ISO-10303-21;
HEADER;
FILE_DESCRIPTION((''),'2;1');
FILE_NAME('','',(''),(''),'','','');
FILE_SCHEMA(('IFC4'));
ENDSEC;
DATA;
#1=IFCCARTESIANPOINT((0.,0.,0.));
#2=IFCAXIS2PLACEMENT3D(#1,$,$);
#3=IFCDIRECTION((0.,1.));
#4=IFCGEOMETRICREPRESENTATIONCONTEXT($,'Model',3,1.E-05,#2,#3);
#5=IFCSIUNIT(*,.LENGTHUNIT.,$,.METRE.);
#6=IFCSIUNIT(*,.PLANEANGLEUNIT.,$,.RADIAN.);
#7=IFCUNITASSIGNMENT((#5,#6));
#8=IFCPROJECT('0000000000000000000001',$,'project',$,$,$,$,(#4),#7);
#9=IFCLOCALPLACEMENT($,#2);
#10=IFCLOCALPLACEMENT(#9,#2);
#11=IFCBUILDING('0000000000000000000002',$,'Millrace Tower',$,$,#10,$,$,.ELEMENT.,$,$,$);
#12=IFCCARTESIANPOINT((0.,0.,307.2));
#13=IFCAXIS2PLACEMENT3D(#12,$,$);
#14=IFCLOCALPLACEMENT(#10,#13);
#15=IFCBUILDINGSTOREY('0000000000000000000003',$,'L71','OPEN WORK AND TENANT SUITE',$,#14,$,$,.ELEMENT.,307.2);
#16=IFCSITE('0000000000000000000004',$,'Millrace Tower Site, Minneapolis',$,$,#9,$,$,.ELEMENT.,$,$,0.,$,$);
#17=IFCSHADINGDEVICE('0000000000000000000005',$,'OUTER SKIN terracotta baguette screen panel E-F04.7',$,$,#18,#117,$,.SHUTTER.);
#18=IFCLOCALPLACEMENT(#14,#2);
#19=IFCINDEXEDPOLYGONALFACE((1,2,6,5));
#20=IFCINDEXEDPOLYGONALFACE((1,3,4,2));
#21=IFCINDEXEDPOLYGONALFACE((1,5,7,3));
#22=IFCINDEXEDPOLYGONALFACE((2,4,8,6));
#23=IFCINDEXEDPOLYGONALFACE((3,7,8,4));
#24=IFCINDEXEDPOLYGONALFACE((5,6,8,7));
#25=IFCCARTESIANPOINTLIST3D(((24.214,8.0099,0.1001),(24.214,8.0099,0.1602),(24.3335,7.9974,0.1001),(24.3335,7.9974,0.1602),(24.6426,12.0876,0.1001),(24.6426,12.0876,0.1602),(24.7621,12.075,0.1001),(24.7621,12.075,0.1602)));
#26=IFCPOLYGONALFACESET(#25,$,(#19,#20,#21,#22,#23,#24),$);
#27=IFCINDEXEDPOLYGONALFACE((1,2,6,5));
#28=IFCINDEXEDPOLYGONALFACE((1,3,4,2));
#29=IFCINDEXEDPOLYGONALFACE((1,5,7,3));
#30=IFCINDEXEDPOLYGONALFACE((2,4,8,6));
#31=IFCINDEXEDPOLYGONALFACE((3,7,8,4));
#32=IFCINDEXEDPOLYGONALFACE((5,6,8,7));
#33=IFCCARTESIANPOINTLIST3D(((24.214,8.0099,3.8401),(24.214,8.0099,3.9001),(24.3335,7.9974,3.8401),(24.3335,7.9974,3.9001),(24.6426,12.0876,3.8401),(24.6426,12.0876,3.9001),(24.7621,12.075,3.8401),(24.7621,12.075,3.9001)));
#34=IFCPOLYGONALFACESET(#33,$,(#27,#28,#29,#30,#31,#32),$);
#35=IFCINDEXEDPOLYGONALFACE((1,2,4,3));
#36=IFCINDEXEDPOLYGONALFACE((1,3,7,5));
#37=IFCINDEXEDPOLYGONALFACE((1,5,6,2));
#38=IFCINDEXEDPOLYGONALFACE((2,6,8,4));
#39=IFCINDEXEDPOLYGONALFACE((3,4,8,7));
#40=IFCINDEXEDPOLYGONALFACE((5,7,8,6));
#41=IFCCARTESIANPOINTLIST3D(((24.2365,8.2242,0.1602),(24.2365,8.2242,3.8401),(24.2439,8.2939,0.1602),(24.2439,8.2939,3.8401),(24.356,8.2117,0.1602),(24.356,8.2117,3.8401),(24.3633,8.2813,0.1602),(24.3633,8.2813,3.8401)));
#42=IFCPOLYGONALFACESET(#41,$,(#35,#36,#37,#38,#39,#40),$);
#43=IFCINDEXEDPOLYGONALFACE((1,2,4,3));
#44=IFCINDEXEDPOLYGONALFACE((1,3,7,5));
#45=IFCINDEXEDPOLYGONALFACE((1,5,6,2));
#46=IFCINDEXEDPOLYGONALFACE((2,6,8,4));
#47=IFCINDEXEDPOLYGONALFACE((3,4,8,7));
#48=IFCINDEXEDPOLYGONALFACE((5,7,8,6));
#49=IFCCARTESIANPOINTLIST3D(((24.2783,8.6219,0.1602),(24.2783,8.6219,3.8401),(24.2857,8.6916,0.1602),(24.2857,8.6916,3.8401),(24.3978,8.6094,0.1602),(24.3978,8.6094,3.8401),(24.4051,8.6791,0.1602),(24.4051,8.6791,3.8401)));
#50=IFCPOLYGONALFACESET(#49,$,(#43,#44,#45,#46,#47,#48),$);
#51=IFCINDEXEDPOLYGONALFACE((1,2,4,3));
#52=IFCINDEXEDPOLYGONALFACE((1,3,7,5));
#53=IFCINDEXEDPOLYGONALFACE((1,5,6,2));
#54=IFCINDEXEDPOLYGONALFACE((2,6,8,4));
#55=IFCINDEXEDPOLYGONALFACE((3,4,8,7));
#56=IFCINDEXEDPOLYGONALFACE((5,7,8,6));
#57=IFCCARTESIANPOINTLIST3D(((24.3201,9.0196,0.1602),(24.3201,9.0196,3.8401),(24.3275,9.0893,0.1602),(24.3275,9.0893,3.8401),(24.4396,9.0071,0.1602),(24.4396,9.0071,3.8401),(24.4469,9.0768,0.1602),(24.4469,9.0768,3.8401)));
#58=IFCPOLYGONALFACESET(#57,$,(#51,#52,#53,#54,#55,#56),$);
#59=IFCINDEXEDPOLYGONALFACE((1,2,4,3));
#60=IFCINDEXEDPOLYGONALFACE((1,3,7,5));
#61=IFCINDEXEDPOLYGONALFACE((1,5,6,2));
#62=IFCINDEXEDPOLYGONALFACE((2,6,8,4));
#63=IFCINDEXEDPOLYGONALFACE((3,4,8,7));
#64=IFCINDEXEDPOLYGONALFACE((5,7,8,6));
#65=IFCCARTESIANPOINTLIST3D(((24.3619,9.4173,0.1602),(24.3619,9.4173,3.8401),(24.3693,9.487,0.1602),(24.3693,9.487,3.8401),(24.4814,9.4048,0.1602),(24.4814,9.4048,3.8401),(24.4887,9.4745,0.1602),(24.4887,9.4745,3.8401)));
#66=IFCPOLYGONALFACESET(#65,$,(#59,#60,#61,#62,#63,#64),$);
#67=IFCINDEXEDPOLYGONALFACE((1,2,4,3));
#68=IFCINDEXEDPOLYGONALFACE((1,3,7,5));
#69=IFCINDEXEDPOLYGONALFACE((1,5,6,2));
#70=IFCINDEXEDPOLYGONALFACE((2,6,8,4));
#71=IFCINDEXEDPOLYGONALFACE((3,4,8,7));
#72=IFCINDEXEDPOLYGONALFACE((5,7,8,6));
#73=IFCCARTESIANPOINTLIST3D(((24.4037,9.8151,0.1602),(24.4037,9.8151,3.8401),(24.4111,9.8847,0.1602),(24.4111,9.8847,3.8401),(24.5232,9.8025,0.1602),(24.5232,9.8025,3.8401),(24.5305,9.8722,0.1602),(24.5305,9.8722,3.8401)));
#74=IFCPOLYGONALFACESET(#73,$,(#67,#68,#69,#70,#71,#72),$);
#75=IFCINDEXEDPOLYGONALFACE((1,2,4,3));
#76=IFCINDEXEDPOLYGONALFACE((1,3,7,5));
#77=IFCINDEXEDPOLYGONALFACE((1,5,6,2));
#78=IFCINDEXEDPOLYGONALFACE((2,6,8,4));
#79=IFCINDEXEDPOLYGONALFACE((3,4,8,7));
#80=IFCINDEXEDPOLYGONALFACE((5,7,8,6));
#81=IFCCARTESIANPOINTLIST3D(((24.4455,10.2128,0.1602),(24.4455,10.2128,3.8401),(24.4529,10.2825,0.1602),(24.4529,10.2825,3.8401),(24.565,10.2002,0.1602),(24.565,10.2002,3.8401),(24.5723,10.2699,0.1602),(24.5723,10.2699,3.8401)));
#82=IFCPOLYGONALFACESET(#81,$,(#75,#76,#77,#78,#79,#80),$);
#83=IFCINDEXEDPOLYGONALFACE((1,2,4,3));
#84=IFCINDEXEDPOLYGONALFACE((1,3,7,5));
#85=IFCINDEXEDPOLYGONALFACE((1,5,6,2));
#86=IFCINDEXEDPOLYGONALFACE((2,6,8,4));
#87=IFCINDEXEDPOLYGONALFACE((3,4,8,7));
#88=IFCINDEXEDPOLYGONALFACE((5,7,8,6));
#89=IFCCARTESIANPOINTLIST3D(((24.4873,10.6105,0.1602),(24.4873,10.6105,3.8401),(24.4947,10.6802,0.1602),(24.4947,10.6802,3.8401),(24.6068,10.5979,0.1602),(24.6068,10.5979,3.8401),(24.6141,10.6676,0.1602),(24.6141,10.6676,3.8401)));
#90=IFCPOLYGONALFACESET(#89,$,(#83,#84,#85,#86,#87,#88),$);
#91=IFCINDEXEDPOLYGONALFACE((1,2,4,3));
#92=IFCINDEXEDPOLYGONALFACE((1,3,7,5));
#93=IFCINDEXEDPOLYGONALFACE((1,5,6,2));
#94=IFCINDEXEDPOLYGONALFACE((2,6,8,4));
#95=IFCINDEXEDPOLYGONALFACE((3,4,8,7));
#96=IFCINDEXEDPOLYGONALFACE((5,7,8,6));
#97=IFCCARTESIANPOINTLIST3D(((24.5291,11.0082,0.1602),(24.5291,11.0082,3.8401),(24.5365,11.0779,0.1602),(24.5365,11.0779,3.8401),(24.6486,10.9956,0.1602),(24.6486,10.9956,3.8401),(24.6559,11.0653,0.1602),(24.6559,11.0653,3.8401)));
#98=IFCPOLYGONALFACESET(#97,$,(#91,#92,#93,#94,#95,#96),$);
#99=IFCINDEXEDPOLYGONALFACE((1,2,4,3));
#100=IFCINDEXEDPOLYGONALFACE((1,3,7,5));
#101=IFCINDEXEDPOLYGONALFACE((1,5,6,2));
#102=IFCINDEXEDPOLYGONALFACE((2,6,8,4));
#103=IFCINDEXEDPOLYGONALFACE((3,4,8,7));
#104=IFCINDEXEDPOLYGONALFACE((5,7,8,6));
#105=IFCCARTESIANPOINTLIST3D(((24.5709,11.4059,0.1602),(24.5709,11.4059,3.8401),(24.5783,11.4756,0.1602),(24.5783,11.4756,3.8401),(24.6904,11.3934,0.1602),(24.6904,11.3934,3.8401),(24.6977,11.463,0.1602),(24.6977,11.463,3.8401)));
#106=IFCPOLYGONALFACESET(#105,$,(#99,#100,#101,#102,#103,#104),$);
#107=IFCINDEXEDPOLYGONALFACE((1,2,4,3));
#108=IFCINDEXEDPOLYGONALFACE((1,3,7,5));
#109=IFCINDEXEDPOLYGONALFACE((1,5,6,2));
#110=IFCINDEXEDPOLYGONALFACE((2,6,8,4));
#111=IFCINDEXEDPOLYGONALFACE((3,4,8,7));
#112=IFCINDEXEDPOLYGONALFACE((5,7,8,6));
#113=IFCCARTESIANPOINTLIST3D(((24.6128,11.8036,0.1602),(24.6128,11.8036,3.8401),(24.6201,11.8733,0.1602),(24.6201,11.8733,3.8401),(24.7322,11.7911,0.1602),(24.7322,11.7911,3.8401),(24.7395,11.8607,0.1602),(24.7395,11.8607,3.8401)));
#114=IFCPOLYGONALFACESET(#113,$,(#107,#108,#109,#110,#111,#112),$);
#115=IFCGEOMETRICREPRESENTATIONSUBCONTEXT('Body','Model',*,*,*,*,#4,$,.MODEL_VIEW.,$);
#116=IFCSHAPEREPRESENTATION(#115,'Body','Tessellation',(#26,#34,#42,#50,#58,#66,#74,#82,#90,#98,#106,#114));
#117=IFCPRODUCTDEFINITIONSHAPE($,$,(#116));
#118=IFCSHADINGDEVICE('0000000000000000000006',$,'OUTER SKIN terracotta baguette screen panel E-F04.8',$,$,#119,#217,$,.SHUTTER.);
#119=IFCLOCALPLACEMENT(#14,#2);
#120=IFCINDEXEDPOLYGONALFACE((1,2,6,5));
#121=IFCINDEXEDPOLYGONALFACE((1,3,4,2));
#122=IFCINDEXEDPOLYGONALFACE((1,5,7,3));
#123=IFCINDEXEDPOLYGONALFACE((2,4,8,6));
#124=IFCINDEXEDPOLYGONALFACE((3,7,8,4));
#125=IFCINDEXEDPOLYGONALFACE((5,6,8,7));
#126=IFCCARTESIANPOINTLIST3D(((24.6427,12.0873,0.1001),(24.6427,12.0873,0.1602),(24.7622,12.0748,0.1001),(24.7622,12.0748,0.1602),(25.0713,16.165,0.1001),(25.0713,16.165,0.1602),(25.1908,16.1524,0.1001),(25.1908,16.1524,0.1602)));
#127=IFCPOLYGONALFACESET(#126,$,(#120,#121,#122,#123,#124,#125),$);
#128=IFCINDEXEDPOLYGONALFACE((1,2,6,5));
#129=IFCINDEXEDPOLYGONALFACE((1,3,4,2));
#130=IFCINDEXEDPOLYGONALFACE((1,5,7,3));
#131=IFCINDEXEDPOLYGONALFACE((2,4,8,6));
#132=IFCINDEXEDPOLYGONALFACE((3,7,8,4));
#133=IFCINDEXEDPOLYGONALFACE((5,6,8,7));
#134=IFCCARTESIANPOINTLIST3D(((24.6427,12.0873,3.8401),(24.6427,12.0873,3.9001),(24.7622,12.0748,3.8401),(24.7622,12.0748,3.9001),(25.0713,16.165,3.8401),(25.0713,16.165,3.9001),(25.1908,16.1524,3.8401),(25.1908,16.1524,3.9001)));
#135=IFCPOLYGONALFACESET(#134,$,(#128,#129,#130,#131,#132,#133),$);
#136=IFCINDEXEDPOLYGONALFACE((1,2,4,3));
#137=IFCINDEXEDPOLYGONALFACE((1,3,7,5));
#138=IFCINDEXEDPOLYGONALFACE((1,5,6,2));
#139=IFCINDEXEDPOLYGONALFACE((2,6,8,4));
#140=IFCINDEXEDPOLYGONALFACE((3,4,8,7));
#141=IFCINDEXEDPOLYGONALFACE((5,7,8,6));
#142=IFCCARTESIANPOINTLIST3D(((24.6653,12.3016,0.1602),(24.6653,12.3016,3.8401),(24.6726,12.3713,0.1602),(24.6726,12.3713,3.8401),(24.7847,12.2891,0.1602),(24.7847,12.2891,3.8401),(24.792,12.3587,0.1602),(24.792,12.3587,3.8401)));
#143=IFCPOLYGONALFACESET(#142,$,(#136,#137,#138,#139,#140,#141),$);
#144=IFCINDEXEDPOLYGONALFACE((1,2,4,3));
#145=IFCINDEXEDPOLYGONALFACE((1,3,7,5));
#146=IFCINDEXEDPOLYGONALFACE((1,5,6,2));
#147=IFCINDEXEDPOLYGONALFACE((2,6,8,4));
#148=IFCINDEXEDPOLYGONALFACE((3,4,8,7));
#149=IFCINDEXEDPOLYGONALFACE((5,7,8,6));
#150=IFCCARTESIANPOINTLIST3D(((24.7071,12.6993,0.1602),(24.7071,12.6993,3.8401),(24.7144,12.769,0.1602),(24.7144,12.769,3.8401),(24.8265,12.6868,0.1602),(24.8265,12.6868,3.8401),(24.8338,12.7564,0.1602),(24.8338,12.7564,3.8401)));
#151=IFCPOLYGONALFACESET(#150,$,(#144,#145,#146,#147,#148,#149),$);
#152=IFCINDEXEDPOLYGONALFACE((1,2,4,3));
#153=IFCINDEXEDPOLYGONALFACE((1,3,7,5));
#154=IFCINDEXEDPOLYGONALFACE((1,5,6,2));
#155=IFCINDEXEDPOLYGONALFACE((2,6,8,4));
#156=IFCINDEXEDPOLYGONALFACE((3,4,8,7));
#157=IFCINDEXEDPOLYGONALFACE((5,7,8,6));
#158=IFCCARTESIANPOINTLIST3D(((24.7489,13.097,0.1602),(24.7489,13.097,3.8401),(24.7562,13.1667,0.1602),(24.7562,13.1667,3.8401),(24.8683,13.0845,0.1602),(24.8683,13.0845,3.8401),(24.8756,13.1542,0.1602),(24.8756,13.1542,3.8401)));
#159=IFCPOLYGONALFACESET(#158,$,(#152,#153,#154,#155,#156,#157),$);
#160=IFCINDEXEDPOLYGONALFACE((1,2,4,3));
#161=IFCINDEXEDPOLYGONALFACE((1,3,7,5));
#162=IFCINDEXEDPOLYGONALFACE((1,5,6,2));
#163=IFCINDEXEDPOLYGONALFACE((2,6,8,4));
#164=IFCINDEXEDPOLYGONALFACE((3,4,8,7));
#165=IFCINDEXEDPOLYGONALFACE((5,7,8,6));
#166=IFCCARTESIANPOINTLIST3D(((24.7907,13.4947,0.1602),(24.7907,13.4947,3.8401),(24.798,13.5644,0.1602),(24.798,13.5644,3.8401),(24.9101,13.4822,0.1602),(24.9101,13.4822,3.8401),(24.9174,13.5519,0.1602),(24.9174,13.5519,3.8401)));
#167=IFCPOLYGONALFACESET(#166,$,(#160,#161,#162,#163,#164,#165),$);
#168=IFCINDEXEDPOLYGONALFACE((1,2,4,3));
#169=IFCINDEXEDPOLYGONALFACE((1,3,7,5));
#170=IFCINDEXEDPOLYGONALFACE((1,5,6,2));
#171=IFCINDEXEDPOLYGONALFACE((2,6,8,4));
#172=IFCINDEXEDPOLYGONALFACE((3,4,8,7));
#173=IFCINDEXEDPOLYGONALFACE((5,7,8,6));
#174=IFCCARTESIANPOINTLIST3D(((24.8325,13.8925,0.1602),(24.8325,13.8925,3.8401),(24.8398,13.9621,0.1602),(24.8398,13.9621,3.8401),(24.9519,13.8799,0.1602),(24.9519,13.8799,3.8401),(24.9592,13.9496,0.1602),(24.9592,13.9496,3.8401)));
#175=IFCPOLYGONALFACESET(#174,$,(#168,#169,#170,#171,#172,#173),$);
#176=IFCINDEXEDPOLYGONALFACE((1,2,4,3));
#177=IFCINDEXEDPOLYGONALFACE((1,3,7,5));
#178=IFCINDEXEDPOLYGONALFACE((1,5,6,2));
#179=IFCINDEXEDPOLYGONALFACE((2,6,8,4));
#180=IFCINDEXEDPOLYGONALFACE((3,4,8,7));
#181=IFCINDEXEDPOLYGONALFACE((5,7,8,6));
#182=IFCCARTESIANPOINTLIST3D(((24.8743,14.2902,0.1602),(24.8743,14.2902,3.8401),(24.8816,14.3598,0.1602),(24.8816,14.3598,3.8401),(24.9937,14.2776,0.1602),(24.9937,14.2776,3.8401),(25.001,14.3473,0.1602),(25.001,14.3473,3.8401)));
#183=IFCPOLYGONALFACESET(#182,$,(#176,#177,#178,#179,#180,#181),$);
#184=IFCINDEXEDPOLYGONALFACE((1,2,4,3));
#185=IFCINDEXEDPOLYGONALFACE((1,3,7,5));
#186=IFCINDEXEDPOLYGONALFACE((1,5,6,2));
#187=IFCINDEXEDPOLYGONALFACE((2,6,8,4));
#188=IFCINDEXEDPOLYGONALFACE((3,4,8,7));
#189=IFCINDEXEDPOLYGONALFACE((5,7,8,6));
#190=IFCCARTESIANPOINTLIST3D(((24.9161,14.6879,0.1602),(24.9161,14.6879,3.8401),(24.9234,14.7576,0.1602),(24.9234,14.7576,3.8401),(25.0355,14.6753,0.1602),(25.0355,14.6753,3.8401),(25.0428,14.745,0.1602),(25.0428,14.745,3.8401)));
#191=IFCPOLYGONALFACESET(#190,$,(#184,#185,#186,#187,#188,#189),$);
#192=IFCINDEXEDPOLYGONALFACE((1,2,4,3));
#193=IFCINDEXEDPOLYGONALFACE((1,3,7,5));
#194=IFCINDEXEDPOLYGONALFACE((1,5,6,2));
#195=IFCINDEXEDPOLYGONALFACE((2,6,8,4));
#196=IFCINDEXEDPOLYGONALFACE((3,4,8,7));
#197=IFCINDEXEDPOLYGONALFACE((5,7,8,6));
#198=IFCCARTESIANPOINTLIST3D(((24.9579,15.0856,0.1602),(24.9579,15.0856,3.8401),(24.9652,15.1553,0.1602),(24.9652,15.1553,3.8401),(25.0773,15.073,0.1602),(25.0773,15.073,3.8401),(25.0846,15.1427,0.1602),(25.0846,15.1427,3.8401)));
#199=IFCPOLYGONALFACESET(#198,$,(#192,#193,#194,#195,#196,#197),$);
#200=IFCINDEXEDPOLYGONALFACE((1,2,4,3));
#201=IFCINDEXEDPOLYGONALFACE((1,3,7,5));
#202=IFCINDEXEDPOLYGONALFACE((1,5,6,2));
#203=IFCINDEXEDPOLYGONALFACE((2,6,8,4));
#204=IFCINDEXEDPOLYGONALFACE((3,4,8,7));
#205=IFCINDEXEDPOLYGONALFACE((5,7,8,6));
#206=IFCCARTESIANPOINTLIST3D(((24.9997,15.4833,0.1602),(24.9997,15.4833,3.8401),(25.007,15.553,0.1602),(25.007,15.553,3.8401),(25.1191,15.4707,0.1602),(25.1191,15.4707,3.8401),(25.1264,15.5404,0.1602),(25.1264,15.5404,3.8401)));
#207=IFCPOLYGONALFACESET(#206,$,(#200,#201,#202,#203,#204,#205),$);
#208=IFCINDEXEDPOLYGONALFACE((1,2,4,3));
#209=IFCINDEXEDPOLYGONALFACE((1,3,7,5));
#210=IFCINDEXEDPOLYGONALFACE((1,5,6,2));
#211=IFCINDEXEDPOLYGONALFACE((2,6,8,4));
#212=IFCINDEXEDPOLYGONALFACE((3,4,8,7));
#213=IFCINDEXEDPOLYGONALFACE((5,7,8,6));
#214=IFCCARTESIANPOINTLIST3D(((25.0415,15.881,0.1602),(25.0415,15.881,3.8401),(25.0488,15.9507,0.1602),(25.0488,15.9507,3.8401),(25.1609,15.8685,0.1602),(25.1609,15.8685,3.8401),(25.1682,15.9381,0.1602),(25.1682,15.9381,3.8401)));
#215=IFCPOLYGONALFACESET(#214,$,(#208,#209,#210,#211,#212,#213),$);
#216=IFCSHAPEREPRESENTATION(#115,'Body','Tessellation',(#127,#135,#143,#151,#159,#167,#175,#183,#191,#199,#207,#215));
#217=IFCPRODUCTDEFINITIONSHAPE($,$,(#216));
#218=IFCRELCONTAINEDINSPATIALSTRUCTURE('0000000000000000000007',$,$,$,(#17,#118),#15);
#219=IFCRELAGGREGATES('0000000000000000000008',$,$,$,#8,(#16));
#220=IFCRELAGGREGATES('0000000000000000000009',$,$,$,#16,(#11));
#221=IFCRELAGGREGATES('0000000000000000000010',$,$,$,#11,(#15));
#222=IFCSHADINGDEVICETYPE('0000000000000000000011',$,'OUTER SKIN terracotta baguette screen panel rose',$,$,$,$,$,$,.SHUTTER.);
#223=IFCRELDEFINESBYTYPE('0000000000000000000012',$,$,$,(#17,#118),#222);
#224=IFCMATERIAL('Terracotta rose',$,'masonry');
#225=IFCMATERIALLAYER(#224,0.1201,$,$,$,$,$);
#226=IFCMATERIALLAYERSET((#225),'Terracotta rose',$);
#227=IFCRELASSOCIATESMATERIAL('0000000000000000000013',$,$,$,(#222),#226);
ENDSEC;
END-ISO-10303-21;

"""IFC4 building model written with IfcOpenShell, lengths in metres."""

from ifc_helpers import new_model, entity, si_unit, direction, frame, frame_2d, origin, place, context, subcontext, project, spatial, rectangle, extrude, source, transform, mapped, material, layer, layer_set, type_object, element, save


model = new_model("IFC4")

# Units and contexts
model_context = context("Model", 3, precision=1e-05, world=origin(), true_north=direction((0.0, 1.0)))
body_context = subcontext(model_context, "Body", "Model", "MODEL_VIEW")
ifc_project = project(units=[si_unit("LENGTHUNIT", "METRE"), si_unit("PLANEANGLEUNIT", "RADIAN")], contexts=[model_context])

# Site, building, storey
site_placement = place(None, origin())
site = spatial("IfcSite", under=ifc_project, at=site_placement, Name="Millrace Tower Site, Minneapolis", CompositionType="ELEMENT", RefElevation=0.0)
building_placement = place(site_placement, origin())
building = spatial("IfcBuilding", under=site, at=building_placement, Name="Millrace Tower", CompositionType="ELEMENT")
storey_placement = place(building_placement, frame((0.0, 0.0, 307.2)))
storey = spatial("IfcBuildingStorey", under=building, at=storey_placement, Name="L71", Description="OPEN WORK AND TENANT SUITE", CompositionType="ELEMENT", Elevation=307.2)

# Shading devices
ifc_material_1 = material(Name="Terracotta rose", Category="masonry")
ifc_layer_1 = layer(ifc_material_1, 0.1201)
ifc_layer_set_1 = layer_set([ifc_layer_1], Name="Terracotta rose")
shading_device_type = type_object("IfcShadingDeviceType", Name="OUTER SKIN terracotta baguette screen panel rose", PredefinedType="SHUTTER", material=ifc_layer_set_1)
cartesian_point_1 = entity("IfcCartesianPoint", [-2.05, 0.0601])
shared_polyline_1 = entity("IfcPolyline", [cartesian_point_1, entity("IfcCartesianPoint", [2.05, 0.0601]), entity("IfcCartesianPoint", [2.05, -0.0601]), entity("IfcCartesianPoint", [-2.05, -0.0601]), cartesian_point_1])
shared_shape_1 = source(origin(), body_context, "Body", "SweptSolid", [
    entity("IfcExtrudedAreaSolid", entity("IfcArbitraryClosedProfileDef", "AREA", None, shared_polyline_1), entity("IfcAxis2Placement3D", entity("IfcCartesianPoint", [0.0, 0.0, 0.0])), entity("IfcDirection", [0.0, 0.0, 1.0]), 0.0601),
    entity("IfcExtrudedAreaSolid", entity("IfcArbitraryClosedProfileDef", "AREA", None, shared_polyline_1), entity("IfcAxis2Placement3D", entity("IfcCartesianPoint", [0.0, 0.0, 3.74])), entity("IfcDirection", [0.0, 0.0, 1.0]), 0.0601),
    extrude(rectangle(XDim=0.0701, YDim=0.1201, at=frame_2d((-1.7996, 0.0))), frame((0.0, 0.0, 0.0601)), (0.0, 0.0, 1.0), 3.6799),
    extrude(rectangle(XDim=0.0701, YDim=0.1201, at=frame_2d((-1.3997, 0.0))), frame((0.0, 0.0, 0.0601)), (0.0, 0.0, 1.0), 3.6799),
    extrude(rectangle(XDim=0.0701, YDim=0.1201, at=frame_2d((-0.9998, 0.0))), frame((0.0, 0.0, 0.0601)), (0.0, 0.0, 1.0), 3.6799),
    extrude(rectangle(XDim=0.0701, YDim=0.1201, at=frame_2d((-0.5999, 0.0))), frame((0.0, 0.0, 0.0601)), (0.0, 0.0, 1.0), 3.6799),
    extrude(rectangle(XDim=0.0701, YDim=0.1201, at=frame_2d((-0.2, 0.0))), frame((0.0, 0.0, 0.0601)), (0.0, 0.0, 1.0), 3.6799),
    extrude(rectangle(XDim=0.0701, YDim=0.1201, at=frame_2d((0.2, 0.0))), frame((0.0, 0.0, 0.0601)), (0.0, 0.0, 1.0), 3.6799),
    extrude(rectangle(XDim=0.0701, YDim=0.1201, at=frame_2d((0.5999, 0.0))), frame((0.0, 0.0, 0.0601)), (0.0, 0.0, 1.0), 3.6799),
    extrude(rectangle(XDim=0.0701, YDim=0.1201, at=frame_2d((0.9998, 0.0))), frame((0.0, 0.0, 0.0601)), (0.0, 0.0, 1.0), 3.6799),
    extrude(rectangle(XDim=0.0701, YDim=0.1201, at=frame_2d((1.3997, 0.0))), frame((0.0, 0.0, 0.0601)), (0.0, 0.0, 1.0), 3.6799),
    extrude(rectangle(XDim=0.0701, YDim=0.1201, at=frame_2d((1.7996, 0.0))), frame((0.0, 0.0, 0.0601)), (0.0, 0.0, 1.0), 3.6799),
])
for number, where, z_axis, x_axis, name in (
    (1, (24.488, 10.0425, 0.1001), (0.0, 0.0, 1.0), (0.104528, 0.994522, 0.0), "OUTER SKIN terracotta baguette screen panel E-F04.7"),
    (2, (24.9167, 14.1199, 0.1001), (0.0, 0.0, 1.0), (0.104528, 0.994522, 0.0), "OUTER SKIN terracotta baguette screen panel E-F04.8"),
):
    element("IfcShadingDevice", number, at=place(storey_placement, frame(where, z_axis=z_axis, x_axis=x_axis)), inside=storey, type_object=shading_device_type, Name=name, PredefinedType="SHUTTER", context=body_context, shape_type="MappedRepresentation", body=[
        mapped(shared_shape_1, transform((0.0, 0.0, 0.0), scale=1.0)),
    ])

save(model, "model.ifc")
